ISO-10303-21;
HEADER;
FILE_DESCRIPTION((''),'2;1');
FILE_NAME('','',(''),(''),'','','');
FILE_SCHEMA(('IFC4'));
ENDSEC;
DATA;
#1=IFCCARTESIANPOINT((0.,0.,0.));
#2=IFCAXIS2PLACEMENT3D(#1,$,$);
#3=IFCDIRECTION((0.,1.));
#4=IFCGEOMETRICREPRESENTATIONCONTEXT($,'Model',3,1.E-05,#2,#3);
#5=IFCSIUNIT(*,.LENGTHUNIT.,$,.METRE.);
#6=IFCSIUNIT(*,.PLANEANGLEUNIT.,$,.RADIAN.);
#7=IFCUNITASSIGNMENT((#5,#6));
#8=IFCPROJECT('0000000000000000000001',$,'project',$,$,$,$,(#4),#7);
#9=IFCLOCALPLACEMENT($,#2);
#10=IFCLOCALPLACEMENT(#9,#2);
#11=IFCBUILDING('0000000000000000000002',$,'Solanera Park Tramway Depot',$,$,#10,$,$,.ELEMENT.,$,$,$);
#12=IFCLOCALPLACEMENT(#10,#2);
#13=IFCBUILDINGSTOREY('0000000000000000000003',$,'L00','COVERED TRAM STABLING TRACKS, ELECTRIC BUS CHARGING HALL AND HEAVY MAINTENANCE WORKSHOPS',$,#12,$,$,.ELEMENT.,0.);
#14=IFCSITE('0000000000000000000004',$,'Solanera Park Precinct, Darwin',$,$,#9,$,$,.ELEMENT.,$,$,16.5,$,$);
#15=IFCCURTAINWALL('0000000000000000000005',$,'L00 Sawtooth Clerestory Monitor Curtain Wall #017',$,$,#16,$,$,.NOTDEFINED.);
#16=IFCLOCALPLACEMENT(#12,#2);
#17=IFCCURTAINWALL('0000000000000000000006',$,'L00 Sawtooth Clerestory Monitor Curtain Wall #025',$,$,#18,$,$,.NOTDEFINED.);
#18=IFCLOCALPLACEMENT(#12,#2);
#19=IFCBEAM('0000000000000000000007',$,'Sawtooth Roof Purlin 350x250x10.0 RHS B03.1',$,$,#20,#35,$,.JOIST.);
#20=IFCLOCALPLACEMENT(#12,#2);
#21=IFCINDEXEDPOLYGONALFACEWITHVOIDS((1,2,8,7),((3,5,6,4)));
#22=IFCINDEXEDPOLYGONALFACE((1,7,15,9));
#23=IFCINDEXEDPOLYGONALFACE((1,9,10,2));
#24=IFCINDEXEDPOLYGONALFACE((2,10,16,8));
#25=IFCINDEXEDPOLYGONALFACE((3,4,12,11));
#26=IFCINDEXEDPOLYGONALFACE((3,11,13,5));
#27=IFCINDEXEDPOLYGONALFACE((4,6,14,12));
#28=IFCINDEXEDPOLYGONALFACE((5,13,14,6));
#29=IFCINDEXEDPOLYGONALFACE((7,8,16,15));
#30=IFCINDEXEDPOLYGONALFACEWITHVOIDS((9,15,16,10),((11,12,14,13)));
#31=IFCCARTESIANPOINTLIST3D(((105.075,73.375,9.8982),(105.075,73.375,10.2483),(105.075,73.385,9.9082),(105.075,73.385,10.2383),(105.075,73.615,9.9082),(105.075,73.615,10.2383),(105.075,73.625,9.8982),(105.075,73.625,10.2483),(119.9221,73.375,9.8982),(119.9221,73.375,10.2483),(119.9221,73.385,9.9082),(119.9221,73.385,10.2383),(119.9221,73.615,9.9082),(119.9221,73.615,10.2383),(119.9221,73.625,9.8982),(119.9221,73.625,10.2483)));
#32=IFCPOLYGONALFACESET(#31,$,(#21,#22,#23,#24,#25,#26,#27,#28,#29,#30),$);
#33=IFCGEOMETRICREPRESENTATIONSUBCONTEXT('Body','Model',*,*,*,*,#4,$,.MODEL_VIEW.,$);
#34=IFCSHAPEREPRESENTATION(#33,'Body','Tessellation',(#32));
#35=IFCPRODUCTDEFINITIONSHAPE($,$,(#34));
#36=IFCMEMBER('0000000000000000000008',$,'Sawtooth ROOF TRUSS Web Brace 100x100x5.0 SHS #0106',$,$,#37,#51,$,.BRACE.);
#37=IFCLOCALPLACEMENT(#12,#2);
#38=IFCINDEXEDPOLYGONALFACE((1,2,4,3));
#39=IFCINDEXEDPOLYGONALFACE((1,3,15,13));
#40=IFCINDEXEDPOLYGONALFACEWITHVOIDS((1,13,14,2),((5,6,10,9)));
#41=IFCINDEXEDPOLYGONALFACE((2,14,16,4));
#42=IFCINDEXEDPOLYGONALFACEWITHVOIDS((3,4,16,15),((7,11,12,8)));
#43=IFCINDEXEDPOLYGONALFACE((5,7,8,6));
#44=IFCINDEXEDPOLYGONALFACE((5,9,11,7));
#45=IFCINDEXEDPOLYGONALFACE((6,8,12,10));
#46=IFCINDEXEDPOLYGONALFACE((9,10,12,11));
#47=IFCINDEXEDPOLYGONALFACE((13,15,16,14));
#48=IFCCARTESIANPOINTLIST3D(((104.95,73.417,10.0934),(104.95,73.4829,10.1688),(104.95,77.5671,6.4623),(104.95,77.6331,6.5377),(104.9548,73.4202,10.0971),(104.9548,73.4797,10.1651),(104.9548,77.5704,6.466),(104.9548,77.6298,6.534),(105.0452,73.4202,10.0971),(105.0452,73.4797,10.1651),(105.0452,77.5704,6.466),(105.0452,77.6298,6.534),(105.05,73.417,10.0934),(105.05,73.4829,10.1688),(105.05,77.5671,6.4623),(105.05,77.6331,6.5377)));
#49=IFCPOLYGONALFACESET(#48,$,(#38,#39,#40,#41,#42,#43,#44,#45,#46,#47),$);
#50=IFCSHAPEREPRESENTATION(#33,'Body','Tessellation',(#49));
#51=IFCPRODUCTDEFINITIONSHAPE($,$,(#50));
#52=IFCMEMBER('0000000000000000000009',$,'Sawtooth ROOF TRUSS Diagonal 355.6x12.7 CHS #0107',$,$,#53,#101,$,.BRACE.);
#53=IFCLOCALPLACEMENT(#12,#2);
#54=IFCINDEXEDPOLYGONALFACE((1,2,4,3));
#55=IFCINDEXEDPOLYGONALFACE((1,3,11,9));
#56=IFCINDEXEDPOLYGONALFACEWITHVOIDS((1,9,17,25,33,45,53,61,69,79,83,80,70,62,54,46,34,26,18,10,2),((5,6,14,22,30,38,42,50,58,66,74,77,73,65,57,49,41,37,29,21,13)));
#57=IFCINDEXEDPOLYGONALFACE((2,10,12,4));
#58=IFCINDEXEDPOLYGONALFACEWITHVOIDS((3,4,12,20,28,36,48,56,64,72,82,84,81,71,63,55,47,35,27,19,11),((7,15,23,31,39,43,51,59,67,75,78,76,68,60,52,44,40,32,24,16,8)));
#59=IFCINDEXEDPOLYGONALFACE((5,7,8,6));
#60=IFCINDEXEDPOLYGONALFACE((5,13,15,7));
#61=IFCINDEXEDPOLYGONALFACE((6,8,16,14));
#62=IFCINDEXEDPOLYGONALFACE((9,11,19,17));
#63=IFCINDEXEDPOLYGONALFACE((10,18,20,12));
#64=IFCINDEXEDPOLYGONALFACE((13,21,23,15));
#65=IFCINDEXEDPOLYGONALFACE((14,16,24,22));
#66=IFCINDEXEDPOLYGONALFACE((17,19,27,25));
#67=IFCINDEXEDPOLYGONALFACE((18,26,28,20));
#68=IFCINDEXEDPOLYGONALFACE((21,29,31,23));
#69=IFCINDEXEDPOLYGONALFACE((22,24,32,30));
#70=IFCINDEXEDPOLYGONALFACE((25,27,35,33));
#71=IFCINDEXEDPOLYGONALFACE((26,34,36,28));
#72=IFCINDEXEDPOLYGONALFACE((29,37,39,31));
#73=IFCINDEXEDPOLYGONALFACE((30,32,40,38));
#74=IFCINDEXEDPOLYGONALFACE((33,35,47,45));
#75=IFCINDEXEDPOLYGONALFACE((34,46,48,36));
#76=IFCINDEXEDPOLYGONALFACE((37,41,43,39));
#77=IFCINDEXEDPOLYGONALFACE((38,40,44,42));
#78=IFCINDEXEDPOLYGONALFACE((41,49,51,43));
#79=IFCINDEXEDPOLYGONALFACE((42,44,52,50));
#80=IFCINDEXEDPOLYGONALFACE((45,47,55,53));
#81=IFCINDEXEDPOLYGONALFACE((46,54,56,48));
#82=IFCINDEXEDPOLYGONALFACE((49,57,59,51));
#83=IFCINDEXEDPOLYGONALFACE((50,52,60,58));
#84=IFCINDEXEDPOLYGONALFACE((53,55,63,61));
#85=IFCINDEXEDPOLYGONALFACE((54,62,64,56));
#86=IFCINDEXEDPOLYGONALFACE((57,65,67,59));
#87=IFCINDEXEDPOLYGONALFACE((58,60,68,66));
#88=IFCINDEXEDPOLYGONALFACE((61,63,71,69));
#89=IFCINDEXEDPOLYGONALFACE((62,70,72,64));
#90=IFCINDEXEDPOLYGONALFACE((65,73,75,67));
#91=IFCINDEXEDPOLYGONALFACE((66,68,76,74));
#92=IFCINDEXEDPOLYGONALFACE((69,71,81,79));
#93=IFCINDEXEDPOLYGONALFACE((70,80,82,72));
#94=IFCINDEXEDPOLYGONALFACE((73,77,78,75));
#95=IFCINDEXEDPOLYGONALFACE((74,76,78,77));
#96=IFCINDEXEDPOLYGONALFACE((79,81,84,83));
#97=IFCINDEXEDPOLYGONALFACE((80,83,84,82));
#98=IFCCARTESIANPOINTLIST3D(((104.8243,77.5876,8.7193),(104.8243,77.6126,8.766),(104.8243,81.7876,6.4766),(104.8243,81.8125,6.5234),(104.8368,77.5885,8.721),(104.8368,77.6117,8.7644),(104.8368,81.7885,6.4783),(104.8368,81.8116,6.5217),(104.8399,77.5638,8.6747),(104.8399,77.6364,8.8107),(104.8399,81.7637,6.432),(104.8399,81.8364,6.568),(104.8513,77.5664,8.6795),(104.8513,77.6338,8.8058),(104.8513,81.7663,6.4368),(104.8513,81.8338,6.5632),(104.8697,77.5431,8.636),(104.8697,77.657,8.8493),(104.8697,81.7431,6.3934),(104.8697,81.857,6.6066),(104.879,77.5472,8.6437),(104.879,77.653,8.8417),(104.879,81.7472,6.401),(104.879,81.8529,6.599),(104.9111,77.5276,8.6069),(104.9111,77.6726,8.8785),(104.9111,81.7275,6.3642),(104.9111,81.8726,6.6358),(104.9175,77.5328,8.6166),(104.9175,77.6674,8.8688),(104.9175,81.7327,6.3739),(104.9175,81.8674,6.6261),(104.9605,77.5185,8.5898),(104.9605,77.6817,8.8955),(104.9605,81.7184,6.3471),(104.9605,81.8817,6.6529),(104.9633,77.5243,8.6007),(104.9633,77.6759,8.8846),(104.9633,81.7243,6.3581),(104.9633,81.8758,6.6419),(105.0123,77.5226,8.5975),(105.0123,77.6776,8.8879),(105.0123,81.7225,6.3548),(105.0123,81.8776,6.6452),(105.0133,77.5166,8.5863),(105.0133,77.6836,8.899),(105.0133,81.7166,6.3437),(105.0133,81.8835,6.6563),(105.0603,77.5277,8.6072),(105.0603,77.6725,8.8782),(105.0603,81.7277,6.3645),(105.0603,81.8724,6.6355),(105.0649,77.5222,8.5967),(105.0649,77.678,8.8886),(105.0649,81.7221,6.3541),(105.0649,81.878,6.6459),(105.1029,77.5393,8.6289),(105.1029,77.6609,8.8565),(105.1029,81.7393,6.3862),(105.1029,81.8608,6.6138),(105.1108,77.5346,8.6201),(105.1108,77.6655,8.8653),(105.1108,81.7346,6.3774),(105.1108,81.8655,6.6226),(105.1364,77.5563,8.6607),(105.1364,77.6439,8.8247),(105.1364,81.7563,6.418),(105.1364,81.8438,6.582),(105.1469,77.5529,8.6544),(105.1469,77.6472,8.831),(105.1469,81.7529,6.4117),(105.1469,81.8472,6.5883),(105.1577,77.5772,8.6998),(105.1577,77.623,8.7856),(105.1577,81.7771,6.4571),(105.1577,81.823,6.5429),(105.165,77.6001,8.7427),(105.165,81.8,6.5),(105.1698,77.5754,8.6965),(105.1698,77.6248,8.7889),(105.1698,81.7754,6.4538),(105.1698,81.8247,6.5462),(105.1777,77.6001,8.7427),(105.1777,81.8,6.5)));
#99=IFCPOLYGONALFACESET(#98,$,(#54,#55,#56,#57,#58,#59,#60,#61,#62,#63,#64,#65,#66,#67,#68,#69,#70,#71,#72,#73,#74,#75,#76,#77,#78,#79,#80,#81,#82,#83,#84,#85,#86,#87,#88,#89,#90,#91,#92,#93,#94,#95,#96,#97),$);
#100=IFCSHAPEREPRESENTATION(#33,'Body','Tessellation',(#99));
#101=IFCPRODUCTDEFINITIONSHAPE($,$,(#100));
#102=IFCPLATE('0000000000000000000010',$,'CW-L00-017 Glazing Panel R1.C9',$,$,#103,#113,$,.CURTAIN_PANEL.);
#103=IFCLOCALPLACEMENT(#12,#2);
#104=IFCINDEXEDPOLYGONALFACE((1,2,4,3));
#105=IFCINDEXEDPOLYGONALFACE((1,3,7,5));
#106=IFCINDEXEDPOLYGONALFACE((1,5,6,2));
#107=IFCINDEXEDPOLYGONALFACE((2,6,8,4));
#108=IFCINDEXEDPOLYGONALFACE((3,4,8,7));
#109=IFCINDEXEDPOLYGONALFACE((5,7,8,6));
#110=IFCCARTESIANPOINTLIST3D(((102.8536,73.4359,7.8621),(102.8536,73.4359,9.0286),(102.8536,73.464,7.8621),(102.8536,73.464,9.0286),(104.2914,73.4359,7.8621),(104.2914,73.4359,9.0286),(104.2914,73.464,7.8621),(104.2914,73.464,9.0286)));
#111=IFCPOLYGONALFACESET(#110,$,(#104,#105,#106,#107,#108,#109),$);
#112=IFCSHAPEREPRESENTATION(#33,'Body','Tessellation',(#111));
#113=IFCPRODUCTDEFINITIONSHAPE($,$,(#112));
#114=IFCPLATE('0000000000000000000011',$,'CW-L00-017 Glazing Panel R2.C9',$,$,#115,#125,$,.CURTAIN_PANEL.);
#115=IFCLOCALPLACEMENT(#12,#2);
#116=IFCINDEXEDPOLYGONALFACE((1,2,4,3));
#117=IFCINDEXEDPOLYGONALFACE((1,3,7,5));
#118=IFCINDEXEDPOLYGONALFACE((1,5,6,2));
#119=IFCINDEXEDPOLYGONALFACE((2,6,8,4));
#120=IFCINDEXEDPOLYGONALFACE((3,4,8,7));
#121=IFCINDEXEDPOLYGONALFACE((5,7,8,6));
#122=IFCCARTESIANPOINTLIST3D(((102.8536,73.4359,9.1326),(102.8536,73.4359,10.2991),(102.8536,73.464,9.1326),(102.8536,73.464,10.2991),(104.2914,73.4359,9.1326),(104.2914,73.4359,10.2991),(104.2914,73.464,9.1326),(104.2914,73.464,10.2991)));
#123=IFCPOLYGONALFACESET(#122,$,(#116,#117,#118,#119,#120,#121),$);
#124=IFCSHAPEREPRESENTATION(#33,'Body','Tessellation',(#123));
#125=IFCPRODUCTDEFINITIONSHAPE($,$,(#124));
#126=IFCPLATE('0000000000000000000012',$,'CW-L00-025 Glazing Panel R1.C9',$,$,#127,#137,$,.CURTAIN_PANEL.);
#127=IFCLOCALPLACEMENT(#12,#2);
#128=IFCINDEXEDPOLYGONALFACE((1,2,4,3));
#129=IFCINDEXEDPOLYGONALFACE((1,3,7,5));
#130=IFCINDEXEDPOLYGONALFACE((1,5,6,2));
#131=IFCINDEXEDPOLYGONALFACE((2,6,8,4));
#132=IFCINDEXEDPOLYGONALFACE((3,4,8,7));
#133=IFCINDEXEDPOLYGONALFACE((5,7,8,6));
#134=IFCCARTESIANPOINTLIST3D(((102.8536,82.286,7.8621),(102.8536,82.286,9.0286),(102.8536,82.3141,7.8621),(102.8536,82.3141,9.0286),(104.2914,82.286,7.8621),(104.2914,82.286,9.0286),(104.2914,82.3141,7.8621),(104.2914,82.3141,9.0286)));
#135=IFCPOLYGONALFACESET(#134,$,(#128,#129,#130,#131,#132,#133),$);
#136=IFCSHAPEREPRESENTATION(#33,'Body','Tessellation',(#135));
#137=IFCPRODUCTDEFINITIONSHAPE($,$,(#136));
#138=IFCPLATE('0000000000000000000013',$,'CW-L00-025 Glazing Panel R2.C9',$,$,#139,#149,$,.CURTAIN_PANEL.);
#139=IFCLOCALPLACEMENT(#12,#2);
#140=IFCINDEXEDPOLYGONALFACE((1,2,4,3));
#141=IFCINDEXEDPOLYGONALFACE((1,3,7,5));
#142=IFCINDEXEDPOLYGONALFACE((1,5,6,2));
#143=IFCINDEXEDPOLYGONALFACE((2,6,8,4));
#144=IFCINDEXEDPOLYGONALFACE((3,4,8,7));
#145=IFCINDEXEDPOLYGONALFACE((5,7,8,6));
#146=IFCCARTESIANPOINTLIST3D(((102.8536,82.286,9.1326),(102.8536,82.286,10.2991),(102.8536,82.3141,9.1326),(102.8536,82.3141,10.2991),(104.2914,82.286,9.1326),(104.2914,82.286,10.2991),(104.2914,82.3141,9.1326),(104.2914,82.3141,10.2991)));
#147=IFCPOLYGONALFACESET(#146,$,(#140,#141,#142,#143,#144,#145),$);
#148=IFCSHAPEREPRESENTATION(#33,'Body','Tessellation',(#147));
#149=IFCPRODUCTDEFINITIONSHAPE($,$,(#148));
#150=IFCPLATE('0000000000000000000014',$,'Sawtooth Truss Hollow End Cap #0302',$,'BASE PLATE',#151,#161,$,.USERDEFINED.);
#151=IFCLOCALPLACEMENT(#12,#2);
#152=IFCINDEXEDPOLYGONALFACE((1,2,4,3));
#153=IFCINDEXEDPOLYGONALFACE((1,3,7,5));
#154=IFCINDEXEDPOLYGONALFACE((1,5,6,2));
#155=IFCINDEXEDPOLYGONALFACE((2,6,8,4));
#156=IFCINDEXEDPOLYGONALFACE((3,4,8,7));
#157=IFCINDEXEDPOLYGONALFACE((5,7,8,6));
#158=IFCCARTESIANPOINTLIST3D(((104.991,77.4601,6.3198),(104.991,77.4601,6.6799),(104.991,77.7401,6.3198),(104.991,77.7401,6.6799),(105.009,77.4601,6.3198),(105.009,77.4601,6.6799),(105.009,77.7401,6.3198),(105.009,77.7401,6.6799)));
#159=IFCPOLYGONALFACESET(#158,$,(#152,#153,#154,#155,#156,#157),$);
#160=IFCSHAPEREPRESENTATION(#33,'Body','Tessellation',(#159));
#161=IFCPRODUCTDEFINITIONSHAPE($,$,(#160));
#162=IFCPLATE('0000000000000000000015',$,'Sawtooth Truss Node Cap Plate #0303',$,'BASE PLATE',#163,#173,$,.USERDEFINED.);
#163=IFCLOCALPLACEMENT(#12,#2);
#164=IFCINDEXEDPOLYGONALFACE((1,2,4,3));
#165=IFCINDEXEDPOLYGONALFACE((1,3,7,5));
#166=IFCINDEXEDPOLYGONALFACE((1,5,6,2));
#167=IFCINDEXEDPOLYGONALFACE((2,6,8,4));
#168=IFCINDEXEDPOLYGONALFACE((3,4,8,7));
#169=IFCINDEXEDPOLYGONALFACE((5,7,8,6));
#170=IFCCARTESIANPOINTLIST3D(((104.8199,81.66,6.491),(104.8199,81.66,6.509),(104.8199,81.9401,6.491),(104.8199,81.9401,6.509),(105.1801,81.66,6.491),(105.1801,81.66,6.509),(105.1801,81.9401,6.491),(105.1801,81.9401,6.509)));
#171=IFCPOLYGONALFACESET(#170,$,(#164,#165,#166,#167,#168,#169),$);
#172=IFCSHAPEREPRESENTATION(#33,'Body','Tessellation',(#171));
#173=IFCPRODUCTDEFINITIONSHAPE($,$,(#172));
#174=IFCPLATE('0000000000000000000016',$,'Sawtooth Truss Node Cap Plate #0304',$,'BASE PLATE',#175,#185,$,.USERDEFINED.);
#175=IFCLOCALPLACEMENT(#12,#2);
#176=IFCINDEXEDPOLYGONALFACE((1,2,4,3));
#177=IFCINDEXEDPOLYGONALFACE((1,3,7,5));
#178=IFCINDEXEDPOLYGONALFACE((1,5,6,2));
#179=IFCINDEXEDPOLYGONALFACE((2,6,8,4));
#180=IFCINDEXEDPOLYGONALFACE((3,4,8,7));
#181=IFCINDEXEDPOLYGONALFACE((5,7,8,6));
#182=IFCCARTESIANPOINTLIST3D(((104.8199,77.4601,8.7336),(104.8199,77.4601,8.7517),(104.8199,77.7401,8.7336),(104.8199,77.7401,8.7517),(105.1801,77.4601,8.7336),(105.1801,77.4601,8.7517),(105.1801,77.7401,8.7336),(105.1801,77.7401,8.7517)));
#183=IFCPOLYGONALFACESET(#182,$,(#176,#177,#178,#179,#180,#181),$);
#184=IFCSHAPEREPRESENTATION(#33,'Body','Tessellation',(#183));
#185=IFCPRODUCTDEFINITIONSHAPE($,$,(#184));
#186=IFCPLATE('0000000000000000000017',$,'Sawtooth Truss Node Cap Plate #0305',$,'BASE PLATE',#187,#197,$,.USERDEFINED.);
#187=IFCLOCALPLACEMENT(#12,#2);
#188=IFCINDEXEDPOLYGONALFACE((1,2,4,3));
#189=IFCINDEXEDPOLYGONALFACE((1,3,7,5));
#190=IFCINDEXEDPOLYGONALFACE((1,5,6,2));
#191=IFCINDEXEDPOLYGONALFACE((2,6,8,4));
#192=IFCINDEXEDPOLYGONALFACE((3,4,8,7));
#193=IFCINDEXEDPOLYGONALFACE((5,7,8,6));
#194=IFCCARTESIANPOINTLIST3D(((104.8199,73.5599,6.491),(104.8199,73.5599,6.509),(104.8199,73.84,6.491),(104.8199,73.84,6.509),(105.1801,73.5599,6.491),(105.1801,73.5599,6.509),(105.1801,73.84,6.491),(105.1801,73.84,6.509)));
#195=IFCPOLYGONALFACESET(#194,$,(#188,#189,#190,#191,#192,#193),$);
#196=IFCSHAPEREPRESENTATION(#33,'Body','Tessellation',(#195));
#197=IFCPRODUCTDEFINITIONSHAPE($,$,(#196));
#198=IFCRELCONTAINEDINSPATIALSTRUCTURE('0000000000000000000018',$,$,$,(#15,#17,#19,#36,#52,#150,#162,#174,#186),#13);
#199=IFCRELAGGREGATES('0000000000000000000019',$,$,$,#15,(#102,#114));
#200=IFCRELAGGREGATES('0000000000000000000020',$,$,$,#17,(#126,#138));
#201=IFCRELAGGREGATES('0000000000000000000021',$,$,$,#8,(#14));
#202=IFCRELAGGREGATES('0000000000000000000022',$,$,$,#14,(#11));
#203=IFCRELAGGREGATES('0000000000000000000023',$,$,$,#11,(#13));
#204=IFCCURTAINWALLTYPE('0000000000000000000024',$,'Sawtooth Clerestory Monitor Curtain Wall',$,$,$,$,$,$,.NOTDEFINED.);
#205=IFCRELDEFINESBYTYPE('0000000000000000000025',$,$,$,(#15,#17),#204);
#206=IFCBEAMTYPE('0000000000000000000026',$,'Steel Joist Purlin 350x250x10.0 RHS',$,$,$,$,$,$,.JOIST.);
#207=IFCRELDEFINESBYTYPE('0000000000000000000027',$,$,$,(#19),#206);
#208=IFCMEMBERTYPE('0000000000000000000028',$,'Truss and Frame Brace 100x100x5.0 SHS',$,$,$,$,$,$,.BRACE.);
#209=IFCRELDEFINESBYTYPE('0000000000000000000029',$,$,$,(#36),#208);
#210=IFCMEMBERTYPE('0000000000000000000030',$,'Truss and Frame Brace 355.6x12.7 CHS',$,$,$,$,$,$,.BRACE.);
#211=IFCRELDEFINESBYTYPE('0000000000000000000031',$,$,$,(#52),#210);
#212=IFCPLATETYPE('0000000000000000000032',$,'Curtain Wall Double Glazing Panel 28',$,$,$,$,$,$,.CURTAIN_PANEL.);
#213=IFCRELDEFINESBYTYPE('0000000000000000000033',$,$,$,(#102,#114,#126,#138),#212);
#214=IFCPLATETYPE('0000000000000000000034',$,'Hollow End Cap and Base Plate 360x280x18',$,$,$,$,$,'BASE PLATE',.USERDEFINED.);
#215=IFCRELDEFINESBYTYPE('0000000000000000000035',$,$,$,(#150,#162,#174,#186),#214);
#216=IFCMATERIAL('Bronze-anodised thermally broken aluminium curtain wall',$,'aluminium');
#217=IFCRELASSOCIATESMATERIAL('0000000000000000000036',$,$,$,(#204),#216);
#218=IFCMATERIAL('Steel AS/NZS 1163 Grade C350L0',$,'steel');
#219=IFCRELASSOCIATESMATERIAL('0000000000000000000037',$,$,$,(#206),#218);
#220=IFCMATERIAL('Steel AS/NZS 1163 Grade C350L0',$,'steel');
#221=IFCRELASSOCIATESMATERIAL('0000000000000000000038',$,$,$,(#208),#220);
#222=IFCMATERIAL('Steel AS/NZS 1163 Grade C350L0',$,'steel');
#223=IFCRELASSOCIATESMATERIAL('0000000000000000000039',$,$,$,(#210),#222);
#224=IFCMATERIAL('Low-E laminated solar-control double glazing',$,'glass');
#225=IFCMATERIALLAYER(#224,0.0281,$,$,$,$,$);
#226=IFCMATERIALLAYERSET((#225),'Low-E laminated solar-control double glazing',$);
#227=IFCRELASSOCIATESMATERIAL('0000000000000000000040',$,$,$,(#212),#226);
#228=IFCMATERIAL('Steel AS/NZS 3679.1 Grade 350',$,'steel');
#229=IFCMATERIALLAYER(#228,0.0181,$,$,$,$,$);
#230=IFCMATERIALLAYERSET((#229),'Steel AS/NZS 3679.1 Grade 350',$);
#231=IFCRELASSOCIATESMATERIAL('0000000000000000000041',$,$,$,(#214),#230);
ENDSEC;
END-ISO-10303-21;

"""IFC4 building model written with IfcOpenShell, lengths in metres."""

from ifc_helpers import new_model, si_unit, direction, frame, origin, origin_2d, place, context, subcontext, project, spatial, rectangle, hollow_rectangle, hollow_circle, extrude, material, layer, layer_set, material_profile, profile_set, type_object, element, aggregate, save


model = new_model("IFC4")

# Units and contexts
model_context = context("Model", 3, precision=1e-05, world=origin(), true_north=direction((0.0, 1.0)))
body_context = subcontext(model_context, "Body", "Model", "MODEL_VIEW")
ifc_project = project(units=[si_unit("LENGTHUNIT", "METRE"), si_unit("PLANEANGLEUNIT", "RADIAN")], contexts=[model_context])

# Site, building, storey
site_placement = place(None, origin())
site = spatial("IfcSite", under=ifc_project, at=site_placement, Name="Solanera Park Precinct, Darwin", CompositionType="ELEMENT", RefElevation=16.5)
building_placement = place(site_placement, origin())
building = spatial("IfcBuilding", under=site, at=building_placement, Name="Solanera Park Tramway Depot", CompositionType="ELEMENT")
storey_placement = place(building_placement, origin())
storey = spatial("IfcBuildingStorey", under=building, at=storey_placement, Name="L00", Description="COVERED TRAM STABLING TRACKS, ELECTRIC BUS CHARGING HALL AND HEAVY MAINTENANCE WORKSHOPS", CompositionType="ELEMENT", Elevation=0.0)

# Curtain walls
ifc_material_1 = material(Name="Bronze-anodised thermally broken aluminium curtain wall", Category="aluminium")
curtain_wall_type = type_object("IfcCurtainWallType", Name="Sawtooth Clerestory Monitor Curtain Wall", PredefinedType="NOTDEFINED", material=ifc_material_1)
curtain_wall_1_placement = place(storey_placement, origin())
curtain_wall_1 = element("IfcCurtainWall", 1, at=curtain_wall_1_placement, inside=storey, type_object=curtain_wall_type, Name="L00 Sawtooth Clerestory Monitor Curtain Wall #017", PredefinedType="NOTDEFINED")
curtain_wall_2_placement = place(storey_placement, origin())
curtain_wall_2 = element("IfcCurtainWall", 2, at=curtain_wall_2_placement, inside=storey, type_object=curtain_wall_type, Name="L00 Sawtooth Clerestory Monitor Curtain Wall #025", PredefinedType="NOTDEFINED")

# Beam
ifc_material_2 = material(Name="Steel AS/NZS 1163 Grade C350L0", Category="steel")
ifc_material_profile_1 = material_profile(ifc_material_2, hollow_rectangle(XDim=0.25, YDim=0.3501, WallThickness=0.01, at=origin_2d()), Name="350x250x10.0 RHS")
ifc_profile_set_1 = profile_set([ifc_material_profile_1], Name="Steel AS/NZS 1163 Grade C350L0")
beam_type_1 = type_object("IfcBeamType", Name="Steel Joist Purlin 350x250x10.0 RHS", PredefinedType="JOIST", material=ifc_profile_set_1)
beam_1_placement = place(storey_placement, frame((105.075, 73.5, 10.0732), z_axis=(1.0, 0.0, 0.0), x_axis=(0.0, 1.0, 0.0)))
element("IfcBeam", 3, at=beam_1_placement, inside=storey, type_object=beam_type_1, Name="Sawtooth Roof Purlin 350x250x10.0 RHS B03.1", PredefinedType="JOIST", context=body_context, shape_type="SweptSolid", body=[
    extrude(hollow_rectangle(XDim=0.25, YDim=0.3501, WallThickness=0.01, at=origin_2d()), origin(), (0.0, 0.0, 1.0), 14.8472),
])

# Members
ifc_material_3 = material(Name="Steel AS/NZS 1163 Grade C350L0", Category="steel")
ifc_material_profile_2 = material_profile(ifc_material_3, hollow_rectangle(XDim=0.1001, YDim=0.1001, WallThickness=0.0049, at=origin_2d()), Name="100x100x5.0 SHS")
ifc_profile_set_2 = profile_set([ifc_material_profile_2], Name="Steel AS/NZS 1163 Grade C350L0")
member_type_1 = type_object("IfcMemberType", Name="Truss and Frame Brace 100x100x5.0 SHS", PredefinedType="BRACE", material=ifc_profile_set_2)
member_1_placement = place(storey_placement, frame((105.0, 77.6001, 6.5), z_axis=(0.0, -0.752601, 0.658476), x_axis=(1.0, 0.0, 0.0)))
element("IfcMember", 4, at=member_1_placement, inside=storey, type_object=member_type_1, Name="Sawtooth ROOF TRUSS Web Brace 100x100x5.0 SHS #0106", PredefinedType="BRACE", context=body_context, shape_type="SweptSolid", body=[
    extrude(hollow_rectangle(XDim=0.1001, YDim=0.1001, WallThickness=0.0049, at=origin_2d()), origin(), (0.0, 0.0, 1.0), 5.5144),
])
ifc_material_4 = material(Name="Steel AS/NZS 1163 Grade C350L0", Category="steel")
ifc_material_profile_3 = material_profile(ifc_material_4, hollow_circle(Radius=0.1777, WallThickness=0.0127, at=origin_2d()), Name="355.6x12.7 CHS")
ifc_profile_set_3 = profile_set([ifc_material_profile_3], Name="Steel AS/NZS 1163 Grade C350L0")
member_type_2 = type_object("IfcMemberType", Name="Truss and Frame Brace 355.6x12.7 CHS", PredefinedType="BRACE", material=ifc_profile_set_3)
member_2_placement = place(storey_placement, frame((105.0, 81.8, 6.5), z_axis=(0.0, -0.882117, 0.47103), x_axis=(1.0, 0.0, 0.0)))
element("IfcMember", 5, at=member_2_placement, inside=storey, type_object=member_type_2, Name="Sawtooth ROOF TRUSS Diagonal 355.6x12.7 CHS #0107", PredefinedType="BRACE", context=body_context, shape_type="SweptSolid", body=[
    extrude(hollow_circle(Radius=0.1777, WallThickness=0.0127, at=origin_2d()), origin(), (0.0, 0.0, 1.0), 4.7612),
])

# Plates
ifc_material_5 = material(Name="Low-E laminated solar-control double glazing", Category="glass")
ifc_layer_1 = layer(ifc_material_5, 0.0281)
ifc_layer_set_1 = layer_set([ifc_layer_1], Name="Low-E laminated solar-control double glazing")
plate_type_1 = type_object("IfcPlateType", Name="Curtain Wall Double Glazing Panel 28", PredefinedType="CURTAIN_PANEL", material=ifc_layer_set_1)
plate_1_placement = place(storey_placement, frame((103.5725, 73.45, 7.8621), z_axis=(0.0, 0.0, 1.0), x_axis=(1.0, 0.0, 0.0)))
plate_1 = element("IfcPlate", 6, at=plate_1_placement, type_object=plate_type_1, Name="CW-L00-017 Glazing Panel R1.C9", PredefinedType="CURTAIN_PANEL", context=body_context, shape_type="SweptSolid", body=[
    extrude(rectangle(XDim=1.4377, YDim=0.0281, at=origin_2d()), origin(), (0.0, 0.0, 1.0), 1.1665),
])
plate_2_placement = place(storey_placement, frame((103.5725, 73.45, 9.1326), z_axis=(0.0, 0.0, 1.0), x_axis=(1.0, 0.0, 0.0)))
plate_2 = element("IfcPlate", 7, at=plate_2_placement, type_object=plate_type_1, Name="CW-L00-017 Glazing Panel R2.C9", PredefinedType="CURTAIN_PANEL", context=body_context, shape_type="SweptSolid", body=[
    extrude(rectangle(XDim=1.4377, YDim=0.0281, at=origin_2d()), origin(), (0.0, 0.0, 1.0), 1.1665),
])
aggregate(curtain_wall_1, [plate_1, plate_2])
plate_3_placement = place(storey_placement, frame((103.5725, 82.3, 7.8621), z_axis=(0.0, 0.0, 1.0), x_axis=(1.0, 0.0, 0.0)))
plate_3 = element("IfcPlate", 8, at=plate_3_placement, type_object=plate_type_1, Name="CW-L00-025 Glazing Panel R1.C9", PredefinedType="CURTAIN_PANEL", context=body_context, shape_type="SweptSolid", body=[
    extrude(rectangle(XDim=1.4377, YDim=0.0281, at=origin_2d()), origin(), (0.0, 0.0, 1.0), 1.1665),
])
plate_4_placement = place(storey_placement, frame((103.5725, 82.3, 9.1326), z_axis=(0.0, 0.0, 1.0), x_axis=(1.0, 0.0, 0.0)))
plate_4 = element("IfcPlate", 9, at=plate_4_placement, type_object=plate_type_1, Name="CW-L00-025 Glazing Panel R2.C9", PredefinedType="CURTAIN_PANEL", context=body_context, shape_type="SweptSolid", body=[
    extrude(rectangle(XDim=1.4377, YDim=0.0281, at=origin_2d()), origin(), (0.0, 0.0, 1.0), 1.1665),
])
aggregate(curtain_wall_2, [plate_3, plate_4])

# Plates
ifc_material_6 = material(Name="Steel AS/NZS 3679.1 Grade 350", Category="steel")
ifc_layer_2 = layer(ifc_material_6, 0.0181)
ifc_layer_set_2 = layer_set([ifc_layer_2], Name="Steel AS/NZS 3679.1 Grade 350")
plate_type_2 = type_object("IfcPlateType", Name="Hollow End Cap and Base Plate 360x280x18", ElementType="BASE PLATE", PredefinedType="USERDEFINED", material=ifc_layer_set_2)
plate_5_placement = place(storey_placement, frame((105.0, 77.6001, 6.3198), z_axis=(0.0, 0.0, 1.0), x_axis=(1.0, 0.0, 0.0)))
element("IfcPlate", 10, at=plate_5_placement, inside=storey, type_object=plate_type_2, Name="Sawtooth Truss Hollow End Cap #0302", ObjectType="BASE PLATE", PredefinedType="USERDEFINED", context=body_context, shape_type="SweptSolid", body=[
    extrude(rectangle(XDim=0.0181, YDim=0.28, at=origin_2d()), origin(), (0.0, 0.0, 1.0), 0.3601),
])
for number, where, z_axis, x_axis, name in (
    (11, (105.0, 81.8, 6.491), (0.0, 0.0, 1.0), (1.0, 0.0, 0.0), "Sawtooth Truss Node Cap Plate #0303"),
    (12, (105.0, 77.6001, 8.7336), (0.0, 0.0, 1.0), (1.0, 0.0, 0.0), "Sawtooth Truss Node Cap Plate #0304"),
    (13, (105.0, 73.7, 6.491), (0.0, 0.0, 1.0), (1.0, 0.0, 0.0), "Sawtooth Truss Node Cap Plate #0305"),
):
    element("IfcPlate", number, at=place(storey_placement, frame(where, z_axis=z_axis, x_axis=x_axis)), inside=storey, type_object=plate_type_2, Name=name, ObjectType="BASE PLATE", PredefinedType="USERDEFINED", context=body_context, shape_type="SweptSolid", body=[
        extrude(rectangle(XDim=0.3601, YDim=0.28, at=origin_2d()), origin(), (0.0, 0.0, 1.0), 0.0181),
    ])

save(model, "model.ifc")
